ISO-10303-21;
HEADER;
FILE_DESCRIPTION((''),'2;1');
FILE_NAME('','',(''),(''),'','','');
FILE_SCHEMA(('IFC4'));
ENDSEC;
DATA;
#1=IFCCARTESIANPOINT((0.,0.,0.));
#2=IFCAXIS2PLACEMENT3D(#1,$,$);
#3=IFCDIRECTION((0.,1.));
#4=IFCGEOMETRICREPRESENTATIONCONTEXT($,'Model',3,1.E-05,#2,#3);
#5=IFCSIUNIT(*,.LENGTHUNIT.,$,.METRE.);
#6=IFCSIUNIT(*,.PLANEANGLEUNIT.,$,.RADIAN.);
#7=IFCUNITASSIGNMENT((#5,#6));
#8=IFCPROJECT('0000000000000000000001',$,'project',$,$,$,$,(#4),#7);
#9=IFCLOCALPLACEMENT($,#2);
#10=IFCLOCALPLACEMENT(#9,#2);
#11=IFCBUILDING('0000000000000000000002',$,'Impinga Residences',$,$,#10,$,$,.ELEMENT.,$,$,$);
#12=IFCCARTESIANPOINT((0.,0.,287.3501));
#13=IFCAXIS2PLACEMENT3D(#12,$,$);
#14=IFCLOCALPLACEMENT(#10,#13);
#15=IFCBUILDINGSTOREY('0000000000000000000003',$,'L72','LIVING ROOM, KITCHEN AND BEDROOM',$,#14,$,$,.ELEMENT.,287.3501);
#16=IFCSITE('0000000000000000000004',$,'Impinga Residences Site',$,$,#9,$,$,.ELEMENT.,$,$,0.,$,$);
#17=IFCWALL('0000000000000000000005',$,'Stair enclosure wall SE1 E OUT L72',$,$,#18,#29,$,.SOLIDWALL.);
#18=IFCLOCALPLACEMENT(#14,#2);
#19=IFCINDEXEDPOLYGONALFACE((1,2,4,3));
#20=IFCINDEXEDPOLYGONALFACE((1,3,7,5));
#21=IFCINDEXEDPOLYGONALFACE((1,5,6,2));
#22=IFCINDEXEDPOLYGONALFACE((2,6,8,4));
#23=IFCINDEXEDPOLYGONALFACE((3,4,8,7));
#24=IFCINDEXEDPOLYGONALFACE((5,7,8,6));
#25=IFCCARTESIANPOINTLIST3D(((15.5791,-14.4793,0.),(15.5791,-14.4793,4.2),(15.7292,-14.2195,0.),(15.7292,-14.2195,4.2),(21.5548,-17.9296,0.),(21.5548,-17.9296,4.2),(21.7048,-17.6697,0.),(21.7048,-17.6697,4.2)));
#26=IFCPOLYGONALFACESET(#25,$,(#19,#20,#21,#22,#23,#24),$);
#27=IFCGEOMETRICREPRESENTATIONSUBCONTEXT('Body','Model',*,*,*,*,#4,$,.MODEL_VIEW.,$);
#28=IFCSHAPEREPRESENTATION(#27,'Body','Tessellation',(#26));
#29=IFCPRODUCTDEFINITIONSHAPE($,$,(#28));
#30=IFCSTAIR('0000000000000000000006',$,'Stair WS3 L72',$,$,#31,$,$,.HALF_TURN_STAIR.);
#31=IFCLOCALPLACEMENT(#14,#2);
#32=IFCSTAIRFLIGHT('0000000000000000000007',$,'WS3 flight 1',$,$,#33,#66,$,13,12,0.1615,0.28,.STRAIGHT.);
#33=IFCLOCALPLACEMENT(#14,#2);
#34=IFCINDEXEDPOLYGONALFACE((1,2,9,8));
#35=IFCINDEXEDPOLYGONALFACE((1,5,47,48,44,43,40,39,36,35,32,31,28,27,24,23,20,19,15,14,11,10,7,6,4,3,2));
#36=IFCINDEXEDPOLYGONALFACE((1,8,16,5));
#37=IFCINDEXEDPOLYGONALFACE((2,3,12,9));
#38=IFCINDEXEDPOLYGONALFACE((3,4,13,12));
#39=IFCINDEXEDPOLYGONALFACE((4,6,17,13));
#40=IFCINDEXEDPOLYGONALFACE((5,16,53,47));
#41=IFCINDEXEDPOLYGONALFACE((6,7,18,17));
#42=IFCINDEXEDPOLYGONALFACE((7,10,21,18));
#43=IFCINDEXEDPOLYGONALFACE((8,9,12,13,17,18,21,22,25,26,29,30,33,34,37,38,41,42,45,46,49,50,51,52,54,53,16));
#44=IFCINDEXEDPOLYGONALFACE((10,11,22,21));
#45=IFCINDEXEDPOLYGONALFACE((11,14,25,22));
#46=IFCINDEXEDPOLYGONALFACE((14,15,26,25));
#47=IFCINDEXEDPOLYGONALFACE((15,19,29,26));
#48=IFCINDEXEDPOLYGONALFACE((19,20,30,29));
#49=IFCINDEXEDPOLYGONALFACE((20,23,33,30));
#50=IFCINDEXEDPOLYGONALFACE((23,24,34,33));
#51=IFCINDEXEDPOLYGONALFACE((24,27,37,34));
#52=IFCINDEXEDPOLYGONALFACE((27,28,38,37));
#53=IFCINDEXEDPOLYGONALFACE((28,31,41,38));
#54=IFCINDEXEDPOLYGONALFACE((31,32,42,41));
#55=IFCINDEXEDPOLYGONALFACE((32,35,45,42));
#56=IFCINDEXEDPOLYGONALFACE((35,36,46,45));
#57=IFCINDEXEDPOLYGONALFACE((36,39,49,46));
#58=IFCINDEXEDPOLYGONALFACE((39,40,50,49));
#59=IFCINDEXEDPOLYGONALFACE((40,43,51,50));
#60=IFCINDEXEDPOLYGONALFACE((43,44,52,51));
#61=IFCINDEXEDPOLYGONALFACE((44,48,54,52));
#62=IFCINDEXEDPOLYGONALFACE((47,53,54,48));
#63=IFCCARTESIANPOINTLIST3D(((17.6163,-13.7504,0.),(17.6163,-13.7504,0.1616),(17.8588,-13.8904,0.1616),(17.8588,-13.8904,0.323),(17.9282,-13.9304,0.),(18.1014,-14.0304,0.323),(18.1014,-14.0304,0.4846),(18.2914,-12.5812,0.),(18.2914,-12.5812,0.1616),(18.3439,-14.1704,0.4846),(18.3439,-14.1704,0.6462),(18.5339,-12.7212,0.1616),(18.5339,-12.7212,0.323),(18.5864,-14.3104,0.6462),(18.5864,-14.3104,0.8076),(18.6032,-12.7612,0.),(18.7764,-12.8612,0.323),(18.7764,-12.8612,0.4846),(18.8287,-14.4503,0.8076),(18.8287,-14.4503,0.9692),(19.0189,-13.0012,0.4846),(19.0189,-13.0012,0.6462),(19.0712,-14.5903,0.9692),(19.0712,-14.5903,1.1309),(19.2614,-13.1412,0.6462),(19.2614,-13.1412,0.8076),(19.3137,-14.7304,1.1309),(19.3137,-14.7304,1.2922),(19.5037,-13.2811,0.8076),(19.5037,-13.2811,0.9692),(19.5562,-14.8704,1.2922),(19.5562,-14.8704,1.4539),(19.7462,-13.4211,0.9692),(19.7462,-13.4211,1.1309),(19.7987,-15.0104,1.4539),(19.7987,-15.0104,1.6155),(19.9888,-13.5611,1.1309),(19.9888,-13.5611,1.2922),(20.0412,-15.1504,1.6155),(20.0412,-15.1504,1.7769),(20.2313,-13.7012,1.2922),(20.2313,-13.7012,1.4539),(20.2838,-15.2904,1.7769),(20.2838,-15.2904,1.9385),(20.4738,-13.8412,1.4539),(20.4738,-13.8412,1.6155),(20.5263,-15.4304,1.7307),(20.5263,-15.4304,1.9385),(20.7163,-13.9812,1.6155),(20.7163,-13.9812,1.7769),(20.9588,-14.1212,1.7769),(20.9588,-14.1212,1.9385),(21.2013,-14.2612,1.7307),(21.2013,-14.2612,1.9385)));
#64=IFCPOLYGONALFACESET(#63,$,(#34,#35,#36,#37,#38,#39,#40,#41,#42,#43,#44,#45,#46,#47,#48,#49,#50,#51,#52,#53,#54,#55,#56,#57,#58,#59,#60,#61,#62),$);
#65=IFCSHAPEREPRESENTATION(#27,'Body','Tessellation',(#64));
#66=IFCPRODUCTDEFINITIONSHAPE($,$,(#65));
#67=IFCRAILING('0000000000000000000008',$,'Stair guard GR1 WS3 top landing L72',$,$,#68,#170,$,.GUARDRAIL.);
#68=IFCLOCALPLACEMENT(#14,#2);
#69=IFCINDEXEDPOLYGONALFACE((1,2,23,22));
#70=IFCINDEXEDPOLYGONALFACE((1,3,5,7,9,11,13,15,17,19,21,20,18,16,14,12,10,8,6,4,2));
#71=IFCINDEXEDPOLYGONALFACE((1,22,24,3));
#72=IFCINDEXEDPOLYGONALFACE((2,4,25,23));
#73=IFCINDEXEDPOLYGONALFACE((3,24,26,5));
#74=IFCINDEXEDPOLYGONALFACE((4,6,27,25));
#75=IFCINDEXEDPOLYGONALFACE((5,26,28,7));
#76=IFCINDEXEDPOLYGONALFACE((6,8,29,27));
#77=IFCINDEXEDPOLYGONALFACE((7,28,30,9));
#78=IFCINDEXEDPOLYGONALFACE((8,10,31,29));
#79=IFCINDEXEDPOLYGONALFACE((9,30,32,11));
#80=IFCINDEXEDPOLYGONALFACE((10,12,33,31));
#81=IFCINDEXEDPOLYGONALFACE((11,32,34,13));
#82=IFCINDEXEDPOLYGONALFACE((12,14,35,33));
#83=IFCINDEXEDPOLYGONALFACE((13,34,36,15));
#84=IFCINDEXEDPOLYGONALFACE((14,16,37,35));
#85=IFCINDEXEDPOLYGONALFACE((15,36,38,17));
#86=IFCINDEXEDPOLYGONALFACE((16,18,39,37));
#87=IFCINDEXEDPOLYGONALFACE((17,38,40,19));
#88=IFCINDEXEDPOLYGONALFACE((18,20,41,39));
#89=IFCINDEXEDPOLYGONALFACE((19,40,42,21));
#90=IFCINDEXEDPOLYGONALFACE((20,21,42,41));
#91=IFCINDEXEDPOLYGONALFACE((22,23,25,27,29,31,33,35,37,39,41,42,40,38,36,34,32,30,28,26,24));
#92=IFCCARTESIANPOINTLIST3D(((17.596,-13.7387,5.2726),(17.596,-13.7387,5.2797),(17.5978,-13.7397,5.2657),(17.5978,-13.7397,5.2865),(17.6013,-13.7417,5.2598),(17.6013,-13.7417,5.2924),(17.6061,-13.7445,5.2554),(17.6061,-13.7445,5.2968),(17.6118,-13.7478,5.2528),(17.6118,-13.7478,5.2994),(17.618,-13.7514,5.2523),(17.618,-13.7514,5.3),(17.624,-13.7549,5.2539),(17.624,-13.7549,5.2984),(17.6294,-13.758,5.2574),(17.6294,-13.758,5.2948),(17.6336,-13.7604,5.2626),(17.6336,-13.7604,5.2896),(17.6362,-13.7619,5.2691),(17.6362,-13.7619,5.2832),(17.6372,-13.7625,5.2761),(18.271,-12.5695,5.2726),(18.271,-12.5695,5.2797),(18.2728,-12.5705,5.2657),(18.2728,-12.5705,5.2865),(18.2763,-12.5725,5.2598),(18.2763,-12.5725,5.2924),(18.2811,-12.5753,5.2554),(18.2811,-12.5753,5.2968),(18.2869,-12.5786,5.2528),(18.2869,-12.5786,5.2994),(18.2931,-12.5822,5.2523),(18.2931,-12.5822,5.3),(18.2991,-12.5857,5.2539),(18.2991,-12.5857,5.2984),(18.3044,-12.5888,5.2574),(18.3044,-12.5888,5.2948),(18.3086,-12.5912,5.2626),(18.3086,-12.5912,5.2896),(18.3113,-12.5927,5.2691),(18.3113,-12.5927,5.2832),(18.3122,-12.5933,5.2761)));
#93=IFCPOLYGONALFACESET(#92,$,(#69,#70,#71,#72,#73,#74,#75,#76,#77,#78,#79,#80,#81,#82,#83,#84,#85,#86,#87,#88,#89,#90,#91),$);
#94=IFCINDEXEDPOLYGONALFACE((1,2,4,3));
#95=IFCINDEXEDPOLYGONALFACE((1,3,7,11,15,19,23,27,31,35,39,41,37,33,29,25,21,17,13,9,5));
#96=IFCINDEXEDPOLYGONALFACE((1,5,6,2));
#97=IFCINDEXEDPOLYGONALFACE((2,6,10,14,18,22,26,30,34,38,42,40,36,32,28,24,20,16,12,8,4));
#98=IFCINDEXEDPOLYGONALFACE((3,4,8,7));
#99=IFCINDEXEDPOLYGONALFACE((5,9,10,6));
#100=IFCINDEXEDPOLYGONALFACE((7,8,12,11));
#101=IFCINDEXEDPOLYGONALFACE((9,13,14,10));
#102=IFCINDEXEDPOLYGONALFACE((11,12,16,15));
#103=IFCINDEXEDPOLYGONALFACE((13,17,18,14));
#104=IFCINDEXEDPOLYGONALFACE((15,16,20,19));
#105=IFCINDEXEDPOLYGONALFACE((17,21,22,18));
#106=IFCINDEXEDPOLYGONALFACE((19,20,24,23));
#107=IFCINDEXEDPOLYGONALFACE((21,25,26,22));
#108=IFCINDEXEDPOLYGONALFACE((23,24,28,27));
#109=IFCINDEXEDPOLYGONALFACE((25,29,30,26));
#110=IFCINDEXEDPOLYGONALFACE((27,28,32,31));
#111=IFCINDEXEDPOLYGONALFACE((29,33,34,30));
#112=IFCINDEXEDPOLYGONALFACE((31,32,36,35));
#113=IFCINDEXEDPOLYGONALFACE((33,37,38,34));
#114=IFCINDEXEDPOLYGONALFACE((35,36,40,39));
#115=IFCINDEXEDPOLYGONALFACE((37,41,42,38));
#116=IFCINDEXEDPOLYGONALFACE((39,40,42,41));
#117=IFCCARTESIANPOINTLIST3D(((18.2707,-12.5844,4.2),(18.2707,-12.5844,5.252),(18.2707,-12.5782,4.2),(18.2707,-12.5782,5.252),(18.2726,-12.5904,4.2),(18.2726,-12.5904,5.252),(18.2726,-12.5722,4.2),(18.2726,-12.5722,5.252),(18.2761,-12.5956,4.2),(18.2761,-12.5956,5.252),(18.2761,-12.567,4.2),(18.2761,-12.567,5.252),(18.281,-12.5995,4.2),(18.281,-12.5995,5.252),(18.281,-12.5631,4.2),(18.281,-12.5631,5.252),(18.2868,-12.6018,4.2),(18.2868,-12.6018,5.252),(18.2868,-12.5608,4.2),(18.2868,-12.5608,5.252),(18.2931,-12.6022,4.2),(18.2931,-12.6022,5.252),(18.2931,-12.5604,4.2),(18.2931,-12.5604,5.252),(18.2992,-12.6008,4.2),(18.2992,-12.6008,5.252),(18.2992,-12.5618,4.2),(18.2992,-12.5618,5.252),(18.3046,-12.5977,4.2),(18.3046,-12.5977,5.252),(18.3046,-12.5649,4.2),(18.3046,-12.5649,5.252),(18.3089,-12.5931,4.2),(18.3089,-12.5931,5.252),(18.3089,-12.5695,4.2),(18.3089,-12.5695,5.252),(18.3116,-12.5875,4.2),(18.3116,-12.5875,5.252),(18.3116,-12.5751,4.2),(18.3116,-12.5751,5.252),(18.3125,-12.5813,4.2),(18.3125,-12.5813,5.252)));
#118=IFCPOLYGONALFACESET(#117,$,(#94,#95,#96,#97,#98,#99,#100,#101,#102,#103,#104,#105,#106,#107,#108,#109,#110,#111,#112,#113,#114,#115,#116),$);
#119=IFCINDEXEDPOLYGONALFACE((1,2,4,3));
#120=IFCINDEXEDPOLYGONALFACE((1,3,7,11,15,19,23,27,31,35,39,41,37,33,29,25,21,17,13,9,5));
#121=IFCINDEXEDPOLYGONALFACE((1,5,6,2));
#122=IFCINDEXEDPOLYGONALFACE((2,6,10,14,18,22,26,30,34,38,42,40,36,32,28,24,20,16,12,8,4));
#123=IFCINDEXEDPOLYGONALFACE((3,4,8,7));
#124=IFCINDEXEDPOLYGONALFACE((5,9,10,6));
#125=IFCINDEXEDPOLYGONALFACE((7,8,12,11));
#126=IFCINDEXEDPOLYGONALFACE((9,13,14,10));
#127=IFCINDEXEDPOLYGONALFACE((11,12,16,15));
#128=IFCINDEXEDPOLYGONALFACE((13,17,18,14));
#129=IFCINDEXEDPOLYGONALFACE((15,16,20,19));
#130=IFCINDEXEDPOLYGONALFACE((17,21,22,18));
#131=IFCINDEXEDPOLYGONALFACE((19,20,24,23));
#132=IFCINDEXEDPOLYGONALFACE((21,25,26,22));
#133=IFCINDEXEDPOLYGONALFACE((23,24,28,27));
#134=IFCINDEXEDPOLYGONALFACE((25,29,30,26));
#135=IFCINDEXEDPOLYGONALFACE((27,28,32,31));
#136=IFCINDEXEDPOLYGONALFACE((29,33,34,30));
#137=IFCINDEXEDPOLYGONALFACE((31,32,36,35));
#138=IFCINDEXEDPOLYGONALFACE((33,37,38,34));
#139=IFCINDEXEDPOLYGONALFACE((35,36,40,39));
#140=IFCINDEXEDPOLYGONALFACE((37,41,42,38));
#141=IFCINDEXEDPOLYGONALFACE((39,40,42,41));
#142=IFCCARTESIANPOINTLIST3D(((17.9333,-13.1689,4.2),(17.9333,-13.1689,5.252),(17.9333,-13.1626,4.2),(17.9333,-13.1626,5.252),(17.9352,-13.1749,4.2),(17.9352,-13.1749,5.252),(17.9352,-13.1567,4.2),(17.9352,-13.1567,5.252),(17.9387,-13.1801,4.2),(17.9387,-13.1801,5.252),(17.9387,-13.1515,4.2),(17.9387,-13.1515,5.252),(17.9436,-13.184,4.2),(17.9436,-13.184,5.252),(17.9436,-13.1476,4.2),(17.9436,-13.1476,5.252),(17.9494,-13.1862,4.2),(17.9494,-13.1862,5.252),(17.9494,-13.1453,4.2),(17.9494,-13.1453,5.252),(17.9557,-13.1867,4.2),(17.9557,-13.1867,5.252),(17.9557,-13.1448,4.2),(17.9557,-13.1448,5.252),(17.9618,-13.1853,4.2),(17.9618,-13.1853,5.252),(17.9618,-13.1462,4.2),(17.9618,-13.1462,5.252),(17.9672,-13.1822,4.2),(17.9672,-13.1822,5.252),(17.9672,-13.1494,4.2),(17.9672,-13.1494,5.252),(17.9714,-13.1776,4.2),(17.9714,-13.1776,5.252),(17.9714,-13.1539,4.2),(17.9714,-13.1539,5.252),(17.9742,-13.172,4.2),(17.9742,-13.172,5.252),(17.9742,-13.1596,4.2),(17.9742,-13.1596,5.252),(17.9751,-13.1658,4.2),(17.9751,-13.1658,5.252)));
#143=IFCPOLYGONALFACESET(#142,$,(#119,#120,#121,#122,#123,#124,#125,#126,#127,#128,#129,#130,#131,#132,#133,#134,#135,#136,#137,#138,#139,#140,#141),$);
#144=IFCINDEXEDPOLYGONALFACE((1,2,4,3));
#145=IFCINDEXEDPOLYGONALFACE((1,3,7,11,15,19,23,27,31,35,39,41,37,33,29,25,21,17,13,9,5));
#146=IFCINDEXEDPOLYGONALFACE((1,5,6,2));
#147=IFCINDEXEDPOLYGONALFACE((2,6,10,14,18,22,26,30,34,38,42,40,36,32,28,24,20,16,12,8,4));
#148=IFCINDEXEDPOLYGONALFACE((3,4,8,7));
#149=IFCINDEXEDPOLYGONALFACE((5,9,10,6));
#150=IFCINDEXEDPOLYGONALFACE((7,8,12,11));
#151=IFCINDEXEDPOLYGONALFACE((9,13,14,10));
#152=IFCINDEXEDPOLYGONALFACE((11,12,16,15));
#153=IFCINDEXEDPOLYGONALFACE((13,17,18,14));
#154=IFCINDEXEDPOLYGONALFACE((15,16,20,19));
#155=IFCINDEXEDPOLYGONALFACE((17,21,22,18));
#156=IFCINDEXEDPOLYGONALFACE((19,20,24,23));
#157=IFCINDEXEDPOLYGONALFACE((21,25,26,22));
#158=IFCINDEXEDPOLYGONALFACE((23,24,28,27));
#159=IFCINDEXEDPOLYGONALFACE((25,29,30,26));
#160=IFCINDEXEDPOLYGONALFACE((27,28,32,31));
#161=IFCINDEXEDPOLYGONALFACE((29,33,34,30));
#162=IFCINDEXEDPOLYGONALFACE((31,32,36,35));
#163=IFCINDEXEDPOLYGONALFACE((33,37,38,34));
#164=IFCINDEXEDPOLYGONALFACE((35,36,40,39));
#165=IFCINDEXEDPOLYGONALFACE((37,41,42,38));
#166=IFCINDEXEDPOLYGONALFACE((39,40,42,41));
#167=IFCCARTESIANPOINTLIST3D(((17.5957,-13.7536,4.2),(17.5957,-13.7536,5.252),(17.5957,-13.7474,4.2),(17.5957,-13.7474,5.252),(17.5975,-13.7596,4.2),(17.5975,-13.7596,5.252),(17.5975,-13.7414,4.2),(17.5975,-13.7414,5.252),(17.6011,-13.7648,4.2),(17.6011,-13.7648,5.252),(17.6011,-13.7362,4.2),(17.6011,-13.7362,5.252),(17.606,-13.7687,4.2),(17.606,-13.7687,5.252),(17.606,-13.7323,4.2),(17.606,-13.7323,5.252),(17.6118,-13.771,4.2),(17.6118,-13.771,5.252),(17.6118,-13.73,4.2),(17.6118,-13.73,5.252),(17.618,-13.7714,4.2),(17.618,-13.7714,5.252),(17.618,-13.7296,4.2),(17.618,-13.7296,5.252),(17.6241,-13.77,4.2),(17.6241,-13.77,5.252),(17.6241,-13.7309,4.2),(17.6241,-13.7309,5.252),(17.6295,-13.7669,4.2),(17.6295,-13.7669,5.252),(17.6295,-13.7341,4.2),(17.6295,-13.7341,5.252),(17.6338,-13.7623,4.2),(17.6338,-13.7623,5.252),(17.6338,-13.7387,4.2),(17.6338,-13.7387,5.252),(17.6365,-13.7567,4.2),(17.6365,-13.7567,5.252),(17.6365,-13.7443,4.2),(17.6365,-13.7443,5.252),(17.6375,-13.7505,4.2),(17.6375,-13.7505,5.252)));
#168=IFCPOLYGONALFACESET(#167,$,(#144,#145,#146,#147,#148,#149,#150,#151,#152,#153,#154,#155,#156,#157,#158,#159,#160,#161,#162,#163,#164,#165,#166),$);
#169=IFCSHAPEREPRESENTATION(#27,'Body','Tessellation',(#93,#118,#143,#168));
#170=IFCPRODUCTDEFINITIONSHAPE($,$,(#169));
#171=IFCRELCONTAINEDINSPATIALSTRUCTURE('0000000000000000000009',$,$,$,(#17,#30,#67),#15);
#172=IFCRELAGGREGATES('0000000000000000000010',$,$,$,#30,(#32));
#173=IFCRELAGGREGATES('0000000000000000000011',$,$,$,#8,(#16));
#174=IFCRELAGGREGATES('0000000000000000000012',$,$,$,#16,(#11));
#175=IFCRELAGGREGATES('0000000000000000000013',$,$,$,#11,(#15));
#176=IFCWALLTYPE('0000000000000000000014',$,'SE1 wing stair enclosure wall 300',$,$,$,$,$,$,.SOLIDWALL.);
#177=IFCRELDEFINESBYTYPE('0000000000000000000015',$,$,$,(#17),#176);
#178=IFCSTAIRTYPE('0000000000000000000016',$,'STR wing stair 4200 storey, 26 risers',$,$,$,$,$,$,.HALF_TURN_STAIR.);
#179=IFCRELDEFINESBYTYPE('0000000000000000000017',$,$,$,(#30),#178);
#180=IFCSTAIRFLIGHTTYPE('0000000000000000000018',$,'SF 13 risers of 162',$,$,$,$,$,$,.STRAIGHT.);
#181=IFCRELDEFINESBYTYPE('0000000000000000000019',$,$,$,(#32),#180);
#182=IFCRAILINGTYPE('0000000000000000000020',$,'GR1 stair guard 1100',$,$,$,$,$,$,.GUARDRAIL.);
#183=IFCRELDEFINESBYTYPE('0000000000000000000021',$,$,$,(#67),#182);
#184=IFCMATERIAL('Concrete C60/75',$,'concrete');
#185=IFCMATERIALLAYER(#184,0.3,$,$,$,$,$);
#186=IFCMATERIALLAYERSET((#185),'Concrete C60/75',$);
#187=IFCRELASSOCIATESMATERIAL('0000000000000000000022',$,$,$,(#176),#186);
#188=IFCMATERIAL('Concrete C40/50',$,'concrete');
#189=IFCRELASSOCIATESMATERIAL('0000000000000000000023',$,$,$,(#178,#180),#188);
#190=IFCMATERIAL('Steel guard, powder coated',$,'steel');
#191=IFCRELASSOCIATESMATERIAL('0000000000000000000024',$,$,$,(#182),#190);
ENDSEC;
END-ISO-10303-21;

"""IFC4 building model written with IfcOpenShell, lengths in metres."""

from ifc_helpers import new_model, si_unit, direction, frame, frame_2d, origin, origin_2d, place, context, subcontext, project, spatial, polyline, rectangle, circle, outline, extrude, material, layer, layer_set, type_object, element, aggregate, save


model = new_model("IFC4")

# Units and contexts
model_context = context("Model", 3, precision=1e-05, world=origin(), true_north=direction((0.0, 1.0)))
body_context = subcontext(model_context, "Body", "Model", "MODEL_VIEW")
ifc_project = project(units=[si_unit("LENGTHUNIT", "METRE"), si_unit("PLANEANGLEUNIT", "RADIAN")], contexts=[model_context])

# Site, building, storey
site_placement = place(None, origin())
site = spatial("IfcSite", under=ifc_project, at=site_placement, Name="Impinga Residences Site", CompositionType="ELEMENT", RefElevation=0.0)
building_placement = place(site_placement, origin())
building = spatial("IfcBuilding", under=site, at=building_placement, Name="Impinga Residences", CompositionType="ELEMENT")
storey_placement = place(building_placement, frame((0.0, 0.0, 287.3501)))
storey = spatial("IfcBuildingStorey", under=building, at=storey_placement, Name="L72", Description="LIVING ROOM, KITCHEN AND BEDROOM", CompositionType="ELEMENT", Elevation=287.3501)

# Shared definitions
ifc_material_1 = material(Name="Concrete C60/75", Category="concrete")

# Wall
ifc_layer_1 = layer(ifc_material_1, 0.3)
ifc_layer_set_1 = layer_set([ifc_layer_1], Name="Concrete C60/75")
wall_type_1 = type_object("IfcWallType", Name="SE1 wing stair enclosure wall 300", PredefinedType="SOLIDWALL", material=ifc_layer_set_1)
wall_1_placement = place(storey_placement, frame((15.6541, -14.3494, 0.0), z_axis=(0.0, 0.0, 1.0), x_axis=(0.866014, -0.500021, 0.0)))
element("IfcWall", 1, at=wall_1_placement, inside=storey, type_object=wall_type_1, Name="Stair enclosure wall SE1 E OUT L72", PredefinedType="SOLIDWALL", context=body_context, shape_type="SweptSolid", body=[
    extrude(rectangle(XDim=6.9001, YDim=0.3, at=frame_2d((3.4502, 0.0))), origin(), (0.0, 0.0, 1.0), 4.2),
])

# Stair, stair flight
ifc_material_2 = material(Name="Concrete C40/50", Category="concrete")
stair_type = type_object("IfcStairType", Name="STR wing stair 4200 storey, 26 risers", PredefinedType="HALF_TURN_STAIR", material=ifc_material_2)
stair_placement = place(storey_placement, origin())
stair = element("IfcStair", 2, at=stair_placement, inside=storey, type_object=stair_type, Name="Stair WS3 L72", PredefinedType="HALF_TURN_STAIR")
stair_flight_type = type_object("IfcStairFlightType", Name="SF 13 risers of 162", PredefinedType="STRAIGHT", material=ifc_material_2)
stair_flight_placement = place(storey_placement, frame((17.9539, -13.1658, 0.0), z_axis=(0.0, 0.0, 1.0), x_axis=(0.866025, -0.5, 0.0)))
stair_flight = element("IfcStairFlight", 3, at=stair_flight_placement, type_object=stair_flight_type, Name="WS3 flight 1", NumberOfRisers=13, NumberOfTreads=12, PredefinedType="STRAIGHT", RiserHeight=0.1615, TreadLength=0.28, context=body_context, shape_type="SweptSolid", body=[
    extrude(outline(polyline([(0.0, 0.0), (0.0, 0.1616), (0.28, 0.1616), (0.28, 0.323), (0.5601, 0.323), (0.5601, 0.4846), (0.8401, 0.4846), (0.8401, 0.6462), (1.1201, 0.6462), (1.1201, 0.8076), (1.3999, 0.8076), (1.3999, 0.9692), (1.6799, 0.9692), (1.6799, 1.1309), (1.96, 1.1309), (1.96, 1.2922), (2.24, 1.2922), (2.24, 1.4539), (2.52, 1.4539), (2.52, 1.6155), (2.8, 1.6155), (2.8, 1.7769), (3.0801, 1.7769), (3.0801, 1.9385), (3.3601, 1.9385), (3.3601, 2.1001), (3.3601, 1.7307), (0.3601, 0.0), (0.0, 0.0)])), frame((0.0, 0.675, 0.0), z_axis=(0.0, -1.0, 0.0), x_axis=(1.0, 0.0, 0.0)), (0.0, 0.0, 1.0), 1.3501),
])
aggregate(stair, [stair_flight])

# Railing
ifc_material_3 = material(Name="Steel guard, powder coated", Category="steel")
railing_type_1 = type_object("IfcRailingType", Name="GR1 stair guard 1100", PredefinedType="GUARDRAIL", material=ifc_material_3)
railing_1_placement = place(storey_placement, frame((18.2915, -12.5813, 4.2)))
element("IfcRailing", 4, at=railing_1_placement, inside=storey, type_object=railing_type_1, Name="Stair guard GR1 WS3 top landing L72", PredefinedType="GUARDRAIL", context=body_context, shape_type="SweptSolid", body=[
    extrude(circle(Radius=0.0239, at=origin_2d()), frame((0.0, 0.0, 1.0762), z_axis=(-0.500009, -0.86602, 0.0), x_axis=(0.86602, -0.500009, 0.0)), (0.0, 0.0, 1.0), 1.3501),
    extrude(circle(Radius=0.021, at=origin_2d()), origin(), (0.0, 0.0, 1.0), 1.052),
    extrude(circle(Radius=0.021, at=origin_2d()), frame((-0.3374, -0.5845, 0.0)), (0.0, 0.0, 1.0), 1.052),
    extrude(circle(Radius=0.021, at=origin_2d()), frame((-0.675, -1.1692, 0.0)), (0.0, 0.0, 1.0), 1.052),
])

save(model, "model.ifc")
